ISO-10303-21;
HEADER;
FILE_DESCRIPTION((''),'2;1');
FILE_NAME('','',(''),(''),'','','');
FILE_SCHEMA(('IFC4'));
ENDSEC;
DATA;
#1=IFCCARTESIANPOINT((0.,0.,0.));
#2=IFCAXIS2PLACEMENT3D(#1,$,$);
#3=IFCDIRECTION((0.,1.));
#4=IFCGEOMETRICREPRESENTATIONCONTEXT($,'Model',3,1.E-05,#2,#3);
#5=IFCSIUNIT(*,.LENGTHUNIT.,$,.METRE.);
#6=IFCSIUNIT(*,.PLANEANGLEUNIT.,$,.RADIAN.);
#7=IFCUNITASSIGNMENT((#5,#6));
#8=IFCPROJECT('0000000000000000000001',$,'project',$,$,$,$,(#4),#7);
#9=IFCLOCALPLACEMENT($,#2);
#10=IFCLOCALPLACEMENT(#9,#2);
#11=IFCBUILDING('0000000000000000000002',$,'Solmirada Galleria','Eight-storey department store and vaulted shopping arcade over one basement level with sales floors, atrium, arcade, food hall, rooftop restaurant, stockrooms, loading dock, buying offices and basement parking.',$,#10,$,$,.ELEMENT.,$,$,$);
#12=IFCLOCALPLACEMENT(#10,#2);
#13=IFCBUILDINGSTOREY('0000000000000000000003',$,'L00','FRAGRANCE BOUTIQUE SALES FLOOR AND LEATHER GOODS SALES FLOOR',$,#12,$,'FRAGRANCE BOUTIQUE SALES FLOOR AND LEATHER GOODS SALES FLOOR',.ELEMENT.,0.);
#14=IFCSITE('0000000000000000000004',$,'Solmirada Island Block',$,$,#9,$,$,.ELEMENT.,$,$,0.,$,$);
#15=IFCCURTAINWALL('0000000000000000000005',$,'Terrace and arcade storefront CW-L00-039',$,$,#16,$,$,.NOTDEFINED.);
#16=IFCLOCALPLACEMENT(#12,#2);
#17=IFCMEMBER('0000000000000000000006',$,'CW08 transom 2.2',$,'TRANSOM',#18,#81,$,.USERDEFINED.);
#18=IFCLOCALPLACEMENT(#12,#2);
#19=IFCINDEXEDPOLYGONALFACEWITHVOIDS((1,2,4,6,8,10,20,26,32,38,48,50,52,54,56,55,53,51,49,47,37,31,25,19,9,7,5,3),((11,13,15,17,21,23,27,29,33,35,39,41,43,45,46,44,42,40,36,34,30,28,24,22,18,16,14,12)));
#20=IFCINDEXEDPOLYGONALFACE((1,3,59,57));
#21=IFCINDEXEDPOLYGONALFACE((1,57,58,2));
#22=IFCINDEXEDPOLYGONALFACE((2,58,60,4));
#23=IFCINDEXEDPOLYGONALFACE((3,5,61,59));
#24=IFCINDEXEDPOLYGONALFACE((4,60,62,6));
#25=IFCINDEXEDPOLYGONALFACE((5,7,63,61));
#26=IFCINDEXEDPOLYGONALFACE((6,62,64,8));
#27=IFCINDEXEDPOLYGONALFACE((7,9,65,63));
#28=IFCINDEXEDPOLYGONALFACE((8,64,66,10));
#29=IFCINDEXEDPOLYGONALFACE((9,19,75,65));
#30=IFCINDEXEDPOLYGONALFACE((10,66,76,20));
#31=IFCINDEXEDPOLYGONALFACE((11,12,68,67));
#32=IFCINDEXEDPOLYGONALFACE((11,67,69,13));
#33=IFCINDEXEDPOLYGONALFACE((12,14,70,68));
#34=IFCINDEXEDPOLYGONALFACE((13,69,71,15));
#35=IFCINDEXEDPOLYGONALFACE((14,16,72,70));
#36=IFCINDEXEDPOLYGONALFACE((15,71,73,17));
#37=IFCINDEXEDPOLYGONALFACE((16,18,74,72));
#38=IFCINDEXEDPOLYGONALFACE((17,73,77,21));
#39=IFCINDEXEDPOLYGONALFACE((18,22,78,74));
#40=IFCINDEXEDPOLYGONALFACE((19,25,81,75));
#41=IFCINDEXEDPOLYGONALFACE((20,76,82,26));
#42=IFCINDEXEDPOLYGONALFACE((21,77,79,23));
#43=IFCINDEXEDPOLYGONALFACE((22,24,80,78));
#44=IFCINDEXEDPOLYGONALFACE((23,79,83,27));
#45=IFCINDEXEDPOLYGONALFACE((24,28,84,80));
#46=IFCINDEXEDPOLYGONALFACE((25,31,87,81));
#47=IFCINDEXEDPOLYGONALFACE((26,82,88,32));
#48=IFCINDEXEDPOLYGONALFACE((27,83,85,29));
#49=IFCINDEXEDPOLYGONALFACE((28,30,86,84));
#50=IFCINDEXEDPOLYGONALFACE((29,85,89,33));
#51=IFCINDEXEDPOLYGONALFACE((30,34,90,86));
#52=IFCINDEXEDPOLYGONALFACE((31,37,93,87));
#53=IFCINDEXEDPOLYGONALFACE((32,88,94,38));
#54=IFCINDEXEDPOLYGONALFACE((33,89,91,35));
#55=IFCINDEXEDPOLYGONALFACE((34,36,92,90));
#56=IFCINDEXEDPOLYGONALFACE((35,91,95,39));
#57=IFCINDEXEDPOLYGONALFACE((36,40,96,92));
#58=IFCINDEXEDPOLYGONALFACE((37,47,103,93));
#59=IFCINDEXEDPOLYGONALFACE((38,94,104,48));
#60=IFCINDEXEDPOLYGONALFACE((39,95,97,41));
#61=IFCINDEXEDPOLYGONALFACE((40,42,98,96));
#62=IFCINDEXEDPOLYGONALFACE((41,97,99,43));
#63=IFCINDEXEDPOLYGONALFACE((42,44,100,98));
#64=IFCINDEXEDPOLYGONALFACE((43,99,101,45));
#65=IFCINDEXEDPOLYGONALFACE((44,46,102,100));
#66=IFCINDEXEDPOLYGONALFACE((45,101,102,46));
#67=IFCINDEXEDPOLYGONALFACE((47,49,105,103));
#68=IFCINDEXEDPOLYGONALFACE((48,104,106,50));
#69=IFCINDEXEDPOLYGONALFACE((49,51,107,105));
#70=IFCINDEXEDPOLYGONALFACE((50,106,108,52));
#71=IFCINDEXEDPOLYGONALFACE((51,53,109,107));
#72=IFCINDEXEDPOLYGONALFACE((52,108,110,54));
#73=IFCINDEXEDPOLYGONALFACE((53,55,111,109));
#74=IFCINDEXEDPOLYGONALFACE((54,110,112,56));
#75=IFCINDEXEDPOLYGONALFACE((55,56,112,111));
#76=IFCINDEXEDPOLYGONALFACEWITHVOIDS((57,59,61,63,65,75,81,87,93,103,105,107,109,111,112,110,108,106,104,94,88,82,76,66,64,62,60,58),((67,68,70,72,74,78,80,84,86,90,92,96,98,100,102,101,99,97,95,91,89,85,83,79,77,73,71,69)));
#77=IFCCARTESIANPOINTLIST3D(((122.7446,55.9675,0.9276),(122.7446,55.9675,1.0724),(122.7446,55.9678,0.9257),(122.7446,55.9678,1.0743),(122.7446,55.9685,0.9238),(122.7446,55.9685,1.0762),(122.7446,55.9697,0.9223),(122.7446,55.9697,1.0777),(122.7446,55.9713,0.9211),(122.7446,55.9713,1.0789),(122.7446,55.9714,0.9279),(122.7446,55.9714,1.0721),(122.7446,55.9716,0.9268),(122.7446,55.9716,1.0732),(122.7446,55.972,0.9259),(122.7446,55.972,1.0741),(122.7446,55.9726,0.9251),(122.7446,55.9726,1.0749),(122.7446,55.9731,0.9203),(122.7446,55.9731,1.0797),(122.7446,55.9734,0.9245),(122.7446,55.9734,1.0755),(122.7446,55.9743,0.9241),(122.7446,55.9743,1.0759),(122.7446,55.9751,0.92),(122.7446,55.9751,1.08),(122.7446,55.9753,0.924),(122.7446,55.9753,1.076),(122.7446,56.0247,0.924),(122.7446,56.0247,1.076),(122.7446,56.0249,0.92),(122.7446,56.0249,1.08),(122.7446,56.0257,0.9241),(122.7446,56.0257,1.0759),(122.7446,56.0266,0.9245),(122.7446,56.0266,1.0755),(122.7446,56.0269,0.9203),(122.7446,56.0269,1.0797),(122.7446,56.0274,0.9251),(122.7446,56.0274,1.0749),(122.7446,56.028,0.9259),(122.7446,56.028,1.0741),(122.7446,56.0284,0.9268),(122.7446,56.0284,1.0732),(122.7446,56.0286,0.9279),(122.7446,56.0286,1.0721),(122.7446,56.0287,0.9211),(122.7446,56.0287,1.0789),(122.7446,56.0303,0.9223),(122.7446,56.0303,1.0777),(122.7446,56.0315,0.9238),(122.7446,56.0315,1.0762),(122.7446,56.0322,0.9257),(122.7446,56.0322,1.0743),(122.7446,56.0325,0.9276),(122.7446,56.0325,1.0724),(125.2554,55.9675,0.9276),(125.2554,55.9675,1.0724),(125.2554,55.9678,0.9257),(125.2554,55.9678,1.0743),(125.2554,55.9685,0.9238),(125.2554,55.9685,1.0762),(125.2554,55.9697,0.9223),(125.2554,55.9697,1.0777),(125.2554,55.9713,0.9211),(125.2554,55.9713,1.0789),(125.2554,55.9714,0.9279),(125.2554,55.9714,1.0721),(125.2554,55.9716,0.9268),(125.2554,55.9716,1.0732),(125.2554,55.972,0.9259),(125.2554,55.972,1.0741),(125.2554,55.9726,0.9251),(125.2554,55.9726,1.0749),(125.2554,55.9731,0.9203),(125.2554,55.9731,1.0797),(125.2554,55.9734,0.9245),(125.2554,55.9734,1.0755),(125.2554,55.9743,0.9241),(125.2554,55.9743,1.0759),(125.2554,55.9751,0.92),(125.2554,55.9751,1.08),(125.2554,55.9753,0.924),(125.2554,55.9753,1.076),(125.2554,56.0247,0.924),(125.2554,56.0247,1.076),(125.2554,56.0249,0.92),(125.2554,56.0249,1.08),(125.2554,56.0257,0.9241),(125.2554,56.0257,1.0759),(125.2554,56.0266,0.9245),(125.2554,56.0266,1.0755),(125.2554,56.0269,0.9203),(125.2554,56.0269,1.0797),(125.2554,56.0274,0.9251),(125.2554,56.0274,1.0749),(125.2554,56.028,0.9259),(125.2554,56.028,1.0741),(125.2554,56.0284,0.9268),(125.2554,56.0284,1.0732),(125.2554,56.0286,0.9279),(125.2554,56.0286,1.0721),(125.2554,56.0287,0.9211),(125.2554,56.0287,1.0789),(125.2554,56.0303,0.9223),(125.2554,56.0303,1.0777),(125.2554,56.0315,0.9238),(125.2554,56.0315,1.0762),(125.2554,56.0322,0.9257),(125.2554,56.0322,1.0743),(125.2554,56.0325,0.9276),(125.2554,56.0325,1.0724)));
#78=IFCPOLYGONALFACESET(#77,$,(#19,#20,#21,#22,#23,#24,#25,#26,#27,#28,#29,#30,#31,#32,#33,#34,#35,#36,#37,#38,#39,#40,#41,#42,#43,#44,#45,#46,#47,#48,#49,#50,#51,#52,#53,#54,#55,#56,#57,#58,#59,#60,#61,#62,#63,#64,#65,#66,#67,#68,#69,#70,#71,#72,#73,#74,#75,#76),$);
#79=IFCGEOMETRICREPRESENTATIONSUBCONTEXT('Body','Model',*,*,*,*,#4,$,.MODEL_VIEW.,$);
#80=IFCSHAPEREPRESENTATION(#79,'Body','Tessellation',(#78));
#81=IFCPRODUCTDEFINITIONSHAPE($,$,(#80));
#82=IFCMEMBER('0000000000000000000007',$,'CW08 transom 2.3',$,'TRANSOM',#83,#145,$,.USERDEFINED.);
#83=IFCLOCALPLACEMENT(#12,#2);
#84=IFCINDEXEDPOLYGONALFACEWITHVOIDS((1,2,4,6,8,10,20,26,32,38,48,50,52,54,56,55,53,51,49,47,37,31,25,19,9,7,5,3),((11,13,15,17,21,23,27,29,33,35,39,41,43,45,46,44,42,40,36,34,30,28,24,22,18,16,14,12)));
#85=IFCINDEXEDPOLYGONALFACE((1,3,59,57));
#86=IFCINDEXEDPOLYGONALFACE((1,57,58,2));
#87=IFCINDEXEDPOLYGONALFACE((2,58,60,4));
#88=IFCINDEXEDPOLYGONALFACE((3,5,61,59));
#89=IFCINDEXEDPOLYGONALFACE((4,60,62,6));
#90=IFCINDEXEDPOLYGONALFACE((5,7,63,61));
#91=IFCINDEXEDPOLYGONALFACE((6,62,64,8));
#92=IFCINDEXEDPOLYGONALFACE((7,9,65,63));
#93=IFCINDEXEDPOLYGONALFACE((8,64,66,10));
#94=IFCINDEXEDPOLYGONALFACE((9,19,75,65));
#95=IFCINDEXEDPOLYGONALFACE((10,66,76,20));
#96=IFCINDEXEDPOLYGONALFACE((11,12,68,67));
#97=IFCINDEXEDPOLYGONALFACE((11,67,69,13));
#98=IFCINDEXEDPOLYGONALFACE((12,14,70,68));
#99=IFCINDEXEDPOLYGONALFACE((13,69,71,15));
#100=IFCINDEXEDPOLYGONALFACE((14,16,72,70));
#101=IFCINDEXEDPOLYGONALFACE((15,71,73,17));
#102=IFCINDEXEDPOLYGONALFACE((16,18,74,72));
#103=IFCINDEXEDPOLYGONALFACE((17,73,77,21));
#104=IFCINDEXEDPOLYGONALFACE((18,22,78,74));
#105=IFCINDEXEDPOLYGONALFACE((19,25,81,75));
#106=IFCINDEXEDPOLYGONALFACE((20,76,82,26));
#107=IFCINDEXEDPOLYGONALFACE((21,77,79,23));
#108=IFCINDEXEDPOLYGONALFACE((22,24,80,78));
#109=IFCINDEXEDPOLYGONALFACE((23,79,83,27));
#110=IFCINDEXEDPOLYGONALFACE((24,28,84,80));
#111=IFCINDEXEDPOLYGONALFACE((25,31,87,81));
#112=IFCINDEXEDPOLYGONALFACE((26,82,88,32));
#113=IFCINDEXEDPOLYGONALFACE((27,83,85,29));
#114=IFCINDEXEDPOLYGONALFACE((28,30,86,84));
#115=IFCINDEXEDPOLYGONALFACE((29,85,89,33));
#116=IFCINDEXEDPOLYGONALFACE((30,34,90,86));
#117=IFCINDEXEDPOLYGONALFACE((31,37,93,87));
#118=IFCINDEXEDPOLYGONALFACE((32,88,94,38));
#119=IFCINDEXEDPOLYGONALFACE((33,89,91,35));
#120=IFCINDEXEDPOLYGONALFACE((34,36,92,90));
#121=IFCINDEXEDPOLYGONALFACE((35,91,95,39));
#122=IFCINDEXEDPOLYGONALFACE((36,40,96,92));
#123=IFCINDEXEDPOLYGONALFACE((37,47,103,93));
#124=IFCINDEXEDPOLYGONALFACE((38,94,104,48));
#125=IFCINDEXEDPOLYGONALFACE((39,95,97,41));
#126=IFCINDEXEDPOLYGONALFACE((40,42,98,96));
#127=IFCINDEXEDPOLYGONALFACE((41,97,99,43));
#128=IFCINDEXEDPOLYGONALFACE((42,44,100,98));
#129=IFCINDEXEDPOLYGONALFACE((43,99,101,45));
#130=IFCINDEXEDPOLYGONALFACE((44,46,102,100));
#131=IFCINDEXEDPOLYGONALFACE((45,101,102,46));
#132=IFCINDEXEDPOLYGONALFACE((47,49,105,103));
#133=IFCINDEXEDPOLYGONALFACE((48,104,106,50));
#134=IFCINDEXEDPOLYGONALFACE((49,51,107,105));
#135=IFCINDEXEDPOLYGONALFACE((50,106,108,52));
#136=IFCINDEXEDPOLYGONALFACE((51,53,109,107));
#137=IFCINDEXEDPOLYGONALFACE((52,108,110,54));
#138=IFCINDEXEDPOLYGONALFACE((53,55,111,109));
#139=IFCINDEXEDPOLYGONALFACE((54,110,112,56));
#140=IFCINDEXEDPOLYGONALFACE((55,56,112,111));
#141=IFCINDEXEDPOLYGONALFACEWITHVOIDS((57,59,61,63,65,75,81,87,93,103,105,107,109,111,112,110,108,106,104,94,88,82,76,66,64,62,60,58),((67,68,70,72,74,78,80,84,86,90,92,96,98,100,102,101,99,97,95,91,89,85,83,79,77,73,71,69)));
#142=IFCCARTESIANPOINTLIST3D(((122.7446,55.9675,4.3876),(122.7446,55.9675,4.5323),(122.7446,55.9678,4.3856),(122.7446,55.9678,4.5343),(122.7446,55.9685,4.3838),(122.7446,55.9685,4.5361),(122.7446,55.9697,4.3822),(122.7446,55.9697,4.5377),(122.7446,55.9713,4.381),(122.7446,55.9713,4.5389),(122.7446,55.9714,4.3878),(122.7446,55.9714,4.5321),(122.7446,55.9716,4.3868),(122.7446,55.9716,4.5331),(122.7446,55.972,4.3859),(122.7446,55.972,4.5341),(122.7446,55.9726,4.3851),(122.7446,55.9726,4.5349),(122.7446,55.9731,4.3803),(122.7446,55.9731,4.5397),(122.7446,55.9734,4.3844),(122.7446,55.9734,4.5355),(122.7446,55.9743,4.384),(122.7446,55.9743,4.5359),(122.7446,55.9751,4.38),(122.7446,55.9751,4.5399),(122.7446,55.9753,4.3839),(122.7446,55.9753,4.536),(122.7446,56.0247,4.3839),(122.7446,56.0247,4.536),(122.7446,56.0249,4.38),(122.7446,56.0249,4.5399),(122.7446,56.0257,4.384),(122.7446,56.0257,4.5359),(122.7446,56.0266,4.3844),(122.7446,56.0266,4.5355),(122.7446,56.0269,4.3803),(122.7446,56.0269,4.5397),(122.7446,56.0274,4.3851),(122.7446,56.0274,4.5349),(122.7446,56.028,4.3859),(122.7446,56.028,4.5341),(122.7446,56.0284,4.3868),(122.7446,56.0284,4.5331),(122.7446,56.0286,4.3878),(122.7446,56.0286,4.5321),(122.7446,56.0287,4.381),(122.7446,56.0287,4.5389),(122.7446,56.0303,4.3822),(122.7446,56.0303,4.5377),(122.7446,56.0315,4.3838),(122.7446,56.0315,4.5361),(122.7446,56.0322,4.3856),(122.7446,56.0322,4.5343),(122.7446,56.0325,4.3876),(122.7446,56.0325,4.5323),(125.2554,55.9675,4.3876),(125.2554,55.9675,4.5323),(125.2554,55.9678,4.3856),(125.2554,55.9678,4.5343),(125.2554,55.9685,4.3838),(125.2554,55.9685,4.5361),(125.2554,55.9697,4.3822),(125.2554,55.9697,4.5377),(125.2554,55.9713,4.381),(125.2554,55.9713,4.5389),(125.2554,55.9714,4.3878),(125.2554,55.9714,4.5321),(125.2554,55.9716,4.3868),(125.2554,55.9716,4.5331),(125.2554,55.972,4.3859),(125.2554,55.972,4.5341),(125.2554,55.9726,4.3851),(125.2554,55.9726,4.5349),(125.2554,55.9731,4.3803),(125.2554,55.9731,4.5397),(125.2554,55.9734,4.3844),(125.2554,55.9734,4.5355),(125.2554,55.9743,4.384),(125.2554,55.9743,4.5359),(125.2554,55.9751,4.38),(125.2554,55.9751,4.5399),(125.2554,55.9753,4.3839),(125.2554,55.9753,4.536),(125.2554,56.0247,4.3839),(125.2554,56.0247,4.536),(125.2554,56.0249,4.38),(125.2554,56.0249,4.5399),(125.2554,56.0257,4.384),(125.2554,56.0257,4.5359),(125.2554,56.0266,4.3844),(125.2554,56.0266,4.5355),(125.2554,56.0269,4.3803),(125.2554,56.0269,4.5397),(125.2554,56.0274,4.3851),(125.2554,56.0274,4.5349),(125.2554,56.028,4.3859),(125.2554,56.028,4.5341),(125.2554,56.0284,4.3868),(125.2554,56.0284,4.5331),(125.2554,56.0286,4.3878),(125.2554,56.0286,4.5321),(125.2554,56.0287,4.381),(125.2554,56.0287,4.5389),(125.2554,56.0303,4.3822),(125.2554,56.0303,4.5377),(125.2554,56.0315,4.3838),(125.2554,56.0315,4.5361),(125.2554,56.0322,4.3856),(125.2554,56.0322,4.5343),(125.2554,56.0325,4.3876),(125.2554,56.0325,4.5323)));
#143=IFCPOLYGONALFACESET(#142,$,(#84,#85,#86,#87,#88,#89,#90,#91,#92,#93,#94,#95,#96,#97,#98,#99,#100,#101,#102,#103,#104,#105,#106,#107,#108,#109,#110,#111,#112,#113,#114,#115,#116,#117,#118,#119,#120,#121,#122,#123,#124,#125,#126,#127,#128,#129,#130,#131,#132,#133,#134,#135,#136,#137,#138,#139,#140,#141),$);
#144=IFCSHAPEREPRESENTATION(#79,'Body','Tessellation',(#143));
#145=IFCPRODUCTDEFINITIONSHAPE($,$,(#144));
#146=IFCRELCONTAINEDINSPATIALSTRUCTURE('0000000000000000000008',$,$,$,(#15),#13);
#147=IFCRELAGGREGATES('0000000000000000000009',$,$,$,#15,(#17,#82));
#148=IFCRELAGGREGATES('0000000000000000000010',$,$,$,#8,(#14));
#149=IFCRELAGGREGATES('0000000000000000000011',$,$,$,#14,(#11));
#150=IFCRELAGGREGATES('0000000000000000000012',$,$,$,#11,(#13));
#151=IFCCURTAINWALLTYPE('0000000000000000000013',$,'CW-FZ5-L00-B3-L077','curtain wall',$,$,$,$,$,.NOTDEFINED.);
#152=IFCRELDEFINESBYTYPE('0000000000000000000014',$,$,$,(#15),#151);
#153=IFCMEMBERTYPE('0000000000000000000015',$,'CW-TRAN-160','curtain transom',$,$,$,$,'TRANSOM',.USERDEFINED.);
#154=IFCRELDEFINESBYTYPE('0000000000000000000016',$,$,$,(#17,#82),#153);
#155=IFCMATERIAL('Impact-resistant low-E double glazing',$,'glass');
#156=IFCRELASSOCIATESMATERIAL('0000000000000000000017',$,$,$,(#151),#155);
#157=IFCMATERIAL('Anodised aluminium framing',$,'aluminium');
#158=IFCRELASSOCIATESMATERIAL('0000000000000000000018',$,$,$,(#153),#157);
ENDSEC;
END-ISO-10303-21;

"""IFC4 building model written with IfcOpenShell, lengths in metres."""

from ifc_helpers import new_model, si_unit, direction, frame, origin, origin_2d, place, context, subcontext, project, spatial, hollow_rectangle, extrude, material, material_profile, profile_set, type_object, element, aggregate, save


model = new_model("IFC4")

# Units and contexts
model_context = context("Model", 3, precision=1e-05, world=origin(), true_north=direction((0.0, 1.0)))
body_context = subcontext(model_context, "Body", "Model", "MODEL_VIEW")
ifc_project = project(units=[si_unit("LENGTHUNIT", "METRE"), si_unit("PLANEANGLEUNIT", "RADIAN")], contexts=[model_context])

# Site, building, storey
site_placement = place(None, origin())
site = spatial("IfcSite", under=ifc_project, at=site_placement, Name="Solmirada Island Block", CompositionType="ELEMENT", RefElevation=0.0)
building_placement = place(site_placement, origin())
building = spatial("IfcBuilding", under=site, at=building_placement, Name="Solmirada Galleria", Description="Eight-storey department store and vaulted shopping arcade over one basement level with sales floors, atrium, arcade, food hall, rooftop restaurant, stockrooms, loading dock, buying offices and basement parking.", CompositionType="ELEMENT")
storey_placement = place(building_placement, origin())
storey = spatial("IfcBuildingStorey", under=building, at=storey_placement, Name="L00", Description="FRAGRANCE BOUTIQUE SALES FLOOR AND LEATHER GOODS SALES FLOOR", LongName="FRAGRANCE BOUTIQUE SALES FLOOR AND LEATHER GOODS SALES FLOOR", CompositionType="ELEMENT", Elevation=0.0)

# Curtain wall
ifc_material_1 = material(Name="Impact-resistant low-E double glazing", Category="glass")
curtain_wall_type = type_object("IfcCurtainWallType", Name="CW-FZ5-L00-B3-L077", Description="curtain wall", PredefinedType="NOTDEFINED", material=ifc_material_1)
ifc_material_2 = material(Name="Anodised aluminium framing", Category="aluminium")
curtain_wall_1_placement = place(storey_placement, origin())
curtain_wall_1 = element("IfcCurtainWall", 1, at=curtain_wall_1_placement, inside=storey, type_object=curtain_wall_type, Name="Terrace and arcade storefront CW-L00-039", PredefinedType="NOTDEFINED")

# Members
ifc_material_profile_1 = material_profile(ifc_material_2, hollow_rectangle(XDim=0.0649, YDim=0.1599, WallThickness=0.0039, InnerFilletRadius=0.0039, OuterFilletRadius=0.0076, at=origin_2d()), Name="ALU-TRAN-160X65")
ifc_profile_set_1 = profile_set([ifc_material_profile_1], Name="Anodised aluminium framing")
member_type_1 = type_object("IfcMemberType", Name="CW-TRAN-160", Description="curtain transom", ElementType="TRANSOM", PredefinedType="USERDEFINED", material=ifc_profile_set_1)
member_1_placement = place(storey_placement, frame((125.2554, 56.0, 1.0), z_axis=(-1.0, 0.0, 0.0), x_axis=(0.0, -1.0, 0.0)))
member_1 = element("IfcMember", 2, at=member_1_placement, type_object=member_type_1, Name="CW08 transom 2.2", ObjectType="TRANSOM", PredefinedType="USERDEFINED", context=body_context, shape_type="SweptSolid", body=[
    extrude(hollow_rectangle(XDim=0.0649, YDim=0.1599, WallThickness=0.0039, InnerFilletRadius=0.0039, OuterFilletRadius=0.0076, at=origin_2d()), origin(), (0.0, 0.0, 1.0), 2.5107),
])
member_2_placement = place(storey_placement, frame((125.2554, 56.0, 4.46), z_axis=(-1.0, 0.0, 0.0), x_axis=(0.0, -1.0, 0.0)))
member_2 = element("IfcMember", 3, at=member_2_placement, type_object=member_type_1, Name="CW08 transom 2.3", ObjectType="TRANSOM", PredefinedType="USERDEFINED", context=body_context, shape_type="SweptSolid", body=[
    extrude(hollow_rectangle(XDim=0.0649, YDim=0.1599, WallThickness=0.0039, InnerFilletRadius=0.0039, OuterFilletRadius=0.0076, at=origin_2d()), origin(), (0.0, 0.0, 1.0), 2.5107),
])

aggregate(curtain_wall_1, [member_1, member_2])

save(model, "model.ifc")
